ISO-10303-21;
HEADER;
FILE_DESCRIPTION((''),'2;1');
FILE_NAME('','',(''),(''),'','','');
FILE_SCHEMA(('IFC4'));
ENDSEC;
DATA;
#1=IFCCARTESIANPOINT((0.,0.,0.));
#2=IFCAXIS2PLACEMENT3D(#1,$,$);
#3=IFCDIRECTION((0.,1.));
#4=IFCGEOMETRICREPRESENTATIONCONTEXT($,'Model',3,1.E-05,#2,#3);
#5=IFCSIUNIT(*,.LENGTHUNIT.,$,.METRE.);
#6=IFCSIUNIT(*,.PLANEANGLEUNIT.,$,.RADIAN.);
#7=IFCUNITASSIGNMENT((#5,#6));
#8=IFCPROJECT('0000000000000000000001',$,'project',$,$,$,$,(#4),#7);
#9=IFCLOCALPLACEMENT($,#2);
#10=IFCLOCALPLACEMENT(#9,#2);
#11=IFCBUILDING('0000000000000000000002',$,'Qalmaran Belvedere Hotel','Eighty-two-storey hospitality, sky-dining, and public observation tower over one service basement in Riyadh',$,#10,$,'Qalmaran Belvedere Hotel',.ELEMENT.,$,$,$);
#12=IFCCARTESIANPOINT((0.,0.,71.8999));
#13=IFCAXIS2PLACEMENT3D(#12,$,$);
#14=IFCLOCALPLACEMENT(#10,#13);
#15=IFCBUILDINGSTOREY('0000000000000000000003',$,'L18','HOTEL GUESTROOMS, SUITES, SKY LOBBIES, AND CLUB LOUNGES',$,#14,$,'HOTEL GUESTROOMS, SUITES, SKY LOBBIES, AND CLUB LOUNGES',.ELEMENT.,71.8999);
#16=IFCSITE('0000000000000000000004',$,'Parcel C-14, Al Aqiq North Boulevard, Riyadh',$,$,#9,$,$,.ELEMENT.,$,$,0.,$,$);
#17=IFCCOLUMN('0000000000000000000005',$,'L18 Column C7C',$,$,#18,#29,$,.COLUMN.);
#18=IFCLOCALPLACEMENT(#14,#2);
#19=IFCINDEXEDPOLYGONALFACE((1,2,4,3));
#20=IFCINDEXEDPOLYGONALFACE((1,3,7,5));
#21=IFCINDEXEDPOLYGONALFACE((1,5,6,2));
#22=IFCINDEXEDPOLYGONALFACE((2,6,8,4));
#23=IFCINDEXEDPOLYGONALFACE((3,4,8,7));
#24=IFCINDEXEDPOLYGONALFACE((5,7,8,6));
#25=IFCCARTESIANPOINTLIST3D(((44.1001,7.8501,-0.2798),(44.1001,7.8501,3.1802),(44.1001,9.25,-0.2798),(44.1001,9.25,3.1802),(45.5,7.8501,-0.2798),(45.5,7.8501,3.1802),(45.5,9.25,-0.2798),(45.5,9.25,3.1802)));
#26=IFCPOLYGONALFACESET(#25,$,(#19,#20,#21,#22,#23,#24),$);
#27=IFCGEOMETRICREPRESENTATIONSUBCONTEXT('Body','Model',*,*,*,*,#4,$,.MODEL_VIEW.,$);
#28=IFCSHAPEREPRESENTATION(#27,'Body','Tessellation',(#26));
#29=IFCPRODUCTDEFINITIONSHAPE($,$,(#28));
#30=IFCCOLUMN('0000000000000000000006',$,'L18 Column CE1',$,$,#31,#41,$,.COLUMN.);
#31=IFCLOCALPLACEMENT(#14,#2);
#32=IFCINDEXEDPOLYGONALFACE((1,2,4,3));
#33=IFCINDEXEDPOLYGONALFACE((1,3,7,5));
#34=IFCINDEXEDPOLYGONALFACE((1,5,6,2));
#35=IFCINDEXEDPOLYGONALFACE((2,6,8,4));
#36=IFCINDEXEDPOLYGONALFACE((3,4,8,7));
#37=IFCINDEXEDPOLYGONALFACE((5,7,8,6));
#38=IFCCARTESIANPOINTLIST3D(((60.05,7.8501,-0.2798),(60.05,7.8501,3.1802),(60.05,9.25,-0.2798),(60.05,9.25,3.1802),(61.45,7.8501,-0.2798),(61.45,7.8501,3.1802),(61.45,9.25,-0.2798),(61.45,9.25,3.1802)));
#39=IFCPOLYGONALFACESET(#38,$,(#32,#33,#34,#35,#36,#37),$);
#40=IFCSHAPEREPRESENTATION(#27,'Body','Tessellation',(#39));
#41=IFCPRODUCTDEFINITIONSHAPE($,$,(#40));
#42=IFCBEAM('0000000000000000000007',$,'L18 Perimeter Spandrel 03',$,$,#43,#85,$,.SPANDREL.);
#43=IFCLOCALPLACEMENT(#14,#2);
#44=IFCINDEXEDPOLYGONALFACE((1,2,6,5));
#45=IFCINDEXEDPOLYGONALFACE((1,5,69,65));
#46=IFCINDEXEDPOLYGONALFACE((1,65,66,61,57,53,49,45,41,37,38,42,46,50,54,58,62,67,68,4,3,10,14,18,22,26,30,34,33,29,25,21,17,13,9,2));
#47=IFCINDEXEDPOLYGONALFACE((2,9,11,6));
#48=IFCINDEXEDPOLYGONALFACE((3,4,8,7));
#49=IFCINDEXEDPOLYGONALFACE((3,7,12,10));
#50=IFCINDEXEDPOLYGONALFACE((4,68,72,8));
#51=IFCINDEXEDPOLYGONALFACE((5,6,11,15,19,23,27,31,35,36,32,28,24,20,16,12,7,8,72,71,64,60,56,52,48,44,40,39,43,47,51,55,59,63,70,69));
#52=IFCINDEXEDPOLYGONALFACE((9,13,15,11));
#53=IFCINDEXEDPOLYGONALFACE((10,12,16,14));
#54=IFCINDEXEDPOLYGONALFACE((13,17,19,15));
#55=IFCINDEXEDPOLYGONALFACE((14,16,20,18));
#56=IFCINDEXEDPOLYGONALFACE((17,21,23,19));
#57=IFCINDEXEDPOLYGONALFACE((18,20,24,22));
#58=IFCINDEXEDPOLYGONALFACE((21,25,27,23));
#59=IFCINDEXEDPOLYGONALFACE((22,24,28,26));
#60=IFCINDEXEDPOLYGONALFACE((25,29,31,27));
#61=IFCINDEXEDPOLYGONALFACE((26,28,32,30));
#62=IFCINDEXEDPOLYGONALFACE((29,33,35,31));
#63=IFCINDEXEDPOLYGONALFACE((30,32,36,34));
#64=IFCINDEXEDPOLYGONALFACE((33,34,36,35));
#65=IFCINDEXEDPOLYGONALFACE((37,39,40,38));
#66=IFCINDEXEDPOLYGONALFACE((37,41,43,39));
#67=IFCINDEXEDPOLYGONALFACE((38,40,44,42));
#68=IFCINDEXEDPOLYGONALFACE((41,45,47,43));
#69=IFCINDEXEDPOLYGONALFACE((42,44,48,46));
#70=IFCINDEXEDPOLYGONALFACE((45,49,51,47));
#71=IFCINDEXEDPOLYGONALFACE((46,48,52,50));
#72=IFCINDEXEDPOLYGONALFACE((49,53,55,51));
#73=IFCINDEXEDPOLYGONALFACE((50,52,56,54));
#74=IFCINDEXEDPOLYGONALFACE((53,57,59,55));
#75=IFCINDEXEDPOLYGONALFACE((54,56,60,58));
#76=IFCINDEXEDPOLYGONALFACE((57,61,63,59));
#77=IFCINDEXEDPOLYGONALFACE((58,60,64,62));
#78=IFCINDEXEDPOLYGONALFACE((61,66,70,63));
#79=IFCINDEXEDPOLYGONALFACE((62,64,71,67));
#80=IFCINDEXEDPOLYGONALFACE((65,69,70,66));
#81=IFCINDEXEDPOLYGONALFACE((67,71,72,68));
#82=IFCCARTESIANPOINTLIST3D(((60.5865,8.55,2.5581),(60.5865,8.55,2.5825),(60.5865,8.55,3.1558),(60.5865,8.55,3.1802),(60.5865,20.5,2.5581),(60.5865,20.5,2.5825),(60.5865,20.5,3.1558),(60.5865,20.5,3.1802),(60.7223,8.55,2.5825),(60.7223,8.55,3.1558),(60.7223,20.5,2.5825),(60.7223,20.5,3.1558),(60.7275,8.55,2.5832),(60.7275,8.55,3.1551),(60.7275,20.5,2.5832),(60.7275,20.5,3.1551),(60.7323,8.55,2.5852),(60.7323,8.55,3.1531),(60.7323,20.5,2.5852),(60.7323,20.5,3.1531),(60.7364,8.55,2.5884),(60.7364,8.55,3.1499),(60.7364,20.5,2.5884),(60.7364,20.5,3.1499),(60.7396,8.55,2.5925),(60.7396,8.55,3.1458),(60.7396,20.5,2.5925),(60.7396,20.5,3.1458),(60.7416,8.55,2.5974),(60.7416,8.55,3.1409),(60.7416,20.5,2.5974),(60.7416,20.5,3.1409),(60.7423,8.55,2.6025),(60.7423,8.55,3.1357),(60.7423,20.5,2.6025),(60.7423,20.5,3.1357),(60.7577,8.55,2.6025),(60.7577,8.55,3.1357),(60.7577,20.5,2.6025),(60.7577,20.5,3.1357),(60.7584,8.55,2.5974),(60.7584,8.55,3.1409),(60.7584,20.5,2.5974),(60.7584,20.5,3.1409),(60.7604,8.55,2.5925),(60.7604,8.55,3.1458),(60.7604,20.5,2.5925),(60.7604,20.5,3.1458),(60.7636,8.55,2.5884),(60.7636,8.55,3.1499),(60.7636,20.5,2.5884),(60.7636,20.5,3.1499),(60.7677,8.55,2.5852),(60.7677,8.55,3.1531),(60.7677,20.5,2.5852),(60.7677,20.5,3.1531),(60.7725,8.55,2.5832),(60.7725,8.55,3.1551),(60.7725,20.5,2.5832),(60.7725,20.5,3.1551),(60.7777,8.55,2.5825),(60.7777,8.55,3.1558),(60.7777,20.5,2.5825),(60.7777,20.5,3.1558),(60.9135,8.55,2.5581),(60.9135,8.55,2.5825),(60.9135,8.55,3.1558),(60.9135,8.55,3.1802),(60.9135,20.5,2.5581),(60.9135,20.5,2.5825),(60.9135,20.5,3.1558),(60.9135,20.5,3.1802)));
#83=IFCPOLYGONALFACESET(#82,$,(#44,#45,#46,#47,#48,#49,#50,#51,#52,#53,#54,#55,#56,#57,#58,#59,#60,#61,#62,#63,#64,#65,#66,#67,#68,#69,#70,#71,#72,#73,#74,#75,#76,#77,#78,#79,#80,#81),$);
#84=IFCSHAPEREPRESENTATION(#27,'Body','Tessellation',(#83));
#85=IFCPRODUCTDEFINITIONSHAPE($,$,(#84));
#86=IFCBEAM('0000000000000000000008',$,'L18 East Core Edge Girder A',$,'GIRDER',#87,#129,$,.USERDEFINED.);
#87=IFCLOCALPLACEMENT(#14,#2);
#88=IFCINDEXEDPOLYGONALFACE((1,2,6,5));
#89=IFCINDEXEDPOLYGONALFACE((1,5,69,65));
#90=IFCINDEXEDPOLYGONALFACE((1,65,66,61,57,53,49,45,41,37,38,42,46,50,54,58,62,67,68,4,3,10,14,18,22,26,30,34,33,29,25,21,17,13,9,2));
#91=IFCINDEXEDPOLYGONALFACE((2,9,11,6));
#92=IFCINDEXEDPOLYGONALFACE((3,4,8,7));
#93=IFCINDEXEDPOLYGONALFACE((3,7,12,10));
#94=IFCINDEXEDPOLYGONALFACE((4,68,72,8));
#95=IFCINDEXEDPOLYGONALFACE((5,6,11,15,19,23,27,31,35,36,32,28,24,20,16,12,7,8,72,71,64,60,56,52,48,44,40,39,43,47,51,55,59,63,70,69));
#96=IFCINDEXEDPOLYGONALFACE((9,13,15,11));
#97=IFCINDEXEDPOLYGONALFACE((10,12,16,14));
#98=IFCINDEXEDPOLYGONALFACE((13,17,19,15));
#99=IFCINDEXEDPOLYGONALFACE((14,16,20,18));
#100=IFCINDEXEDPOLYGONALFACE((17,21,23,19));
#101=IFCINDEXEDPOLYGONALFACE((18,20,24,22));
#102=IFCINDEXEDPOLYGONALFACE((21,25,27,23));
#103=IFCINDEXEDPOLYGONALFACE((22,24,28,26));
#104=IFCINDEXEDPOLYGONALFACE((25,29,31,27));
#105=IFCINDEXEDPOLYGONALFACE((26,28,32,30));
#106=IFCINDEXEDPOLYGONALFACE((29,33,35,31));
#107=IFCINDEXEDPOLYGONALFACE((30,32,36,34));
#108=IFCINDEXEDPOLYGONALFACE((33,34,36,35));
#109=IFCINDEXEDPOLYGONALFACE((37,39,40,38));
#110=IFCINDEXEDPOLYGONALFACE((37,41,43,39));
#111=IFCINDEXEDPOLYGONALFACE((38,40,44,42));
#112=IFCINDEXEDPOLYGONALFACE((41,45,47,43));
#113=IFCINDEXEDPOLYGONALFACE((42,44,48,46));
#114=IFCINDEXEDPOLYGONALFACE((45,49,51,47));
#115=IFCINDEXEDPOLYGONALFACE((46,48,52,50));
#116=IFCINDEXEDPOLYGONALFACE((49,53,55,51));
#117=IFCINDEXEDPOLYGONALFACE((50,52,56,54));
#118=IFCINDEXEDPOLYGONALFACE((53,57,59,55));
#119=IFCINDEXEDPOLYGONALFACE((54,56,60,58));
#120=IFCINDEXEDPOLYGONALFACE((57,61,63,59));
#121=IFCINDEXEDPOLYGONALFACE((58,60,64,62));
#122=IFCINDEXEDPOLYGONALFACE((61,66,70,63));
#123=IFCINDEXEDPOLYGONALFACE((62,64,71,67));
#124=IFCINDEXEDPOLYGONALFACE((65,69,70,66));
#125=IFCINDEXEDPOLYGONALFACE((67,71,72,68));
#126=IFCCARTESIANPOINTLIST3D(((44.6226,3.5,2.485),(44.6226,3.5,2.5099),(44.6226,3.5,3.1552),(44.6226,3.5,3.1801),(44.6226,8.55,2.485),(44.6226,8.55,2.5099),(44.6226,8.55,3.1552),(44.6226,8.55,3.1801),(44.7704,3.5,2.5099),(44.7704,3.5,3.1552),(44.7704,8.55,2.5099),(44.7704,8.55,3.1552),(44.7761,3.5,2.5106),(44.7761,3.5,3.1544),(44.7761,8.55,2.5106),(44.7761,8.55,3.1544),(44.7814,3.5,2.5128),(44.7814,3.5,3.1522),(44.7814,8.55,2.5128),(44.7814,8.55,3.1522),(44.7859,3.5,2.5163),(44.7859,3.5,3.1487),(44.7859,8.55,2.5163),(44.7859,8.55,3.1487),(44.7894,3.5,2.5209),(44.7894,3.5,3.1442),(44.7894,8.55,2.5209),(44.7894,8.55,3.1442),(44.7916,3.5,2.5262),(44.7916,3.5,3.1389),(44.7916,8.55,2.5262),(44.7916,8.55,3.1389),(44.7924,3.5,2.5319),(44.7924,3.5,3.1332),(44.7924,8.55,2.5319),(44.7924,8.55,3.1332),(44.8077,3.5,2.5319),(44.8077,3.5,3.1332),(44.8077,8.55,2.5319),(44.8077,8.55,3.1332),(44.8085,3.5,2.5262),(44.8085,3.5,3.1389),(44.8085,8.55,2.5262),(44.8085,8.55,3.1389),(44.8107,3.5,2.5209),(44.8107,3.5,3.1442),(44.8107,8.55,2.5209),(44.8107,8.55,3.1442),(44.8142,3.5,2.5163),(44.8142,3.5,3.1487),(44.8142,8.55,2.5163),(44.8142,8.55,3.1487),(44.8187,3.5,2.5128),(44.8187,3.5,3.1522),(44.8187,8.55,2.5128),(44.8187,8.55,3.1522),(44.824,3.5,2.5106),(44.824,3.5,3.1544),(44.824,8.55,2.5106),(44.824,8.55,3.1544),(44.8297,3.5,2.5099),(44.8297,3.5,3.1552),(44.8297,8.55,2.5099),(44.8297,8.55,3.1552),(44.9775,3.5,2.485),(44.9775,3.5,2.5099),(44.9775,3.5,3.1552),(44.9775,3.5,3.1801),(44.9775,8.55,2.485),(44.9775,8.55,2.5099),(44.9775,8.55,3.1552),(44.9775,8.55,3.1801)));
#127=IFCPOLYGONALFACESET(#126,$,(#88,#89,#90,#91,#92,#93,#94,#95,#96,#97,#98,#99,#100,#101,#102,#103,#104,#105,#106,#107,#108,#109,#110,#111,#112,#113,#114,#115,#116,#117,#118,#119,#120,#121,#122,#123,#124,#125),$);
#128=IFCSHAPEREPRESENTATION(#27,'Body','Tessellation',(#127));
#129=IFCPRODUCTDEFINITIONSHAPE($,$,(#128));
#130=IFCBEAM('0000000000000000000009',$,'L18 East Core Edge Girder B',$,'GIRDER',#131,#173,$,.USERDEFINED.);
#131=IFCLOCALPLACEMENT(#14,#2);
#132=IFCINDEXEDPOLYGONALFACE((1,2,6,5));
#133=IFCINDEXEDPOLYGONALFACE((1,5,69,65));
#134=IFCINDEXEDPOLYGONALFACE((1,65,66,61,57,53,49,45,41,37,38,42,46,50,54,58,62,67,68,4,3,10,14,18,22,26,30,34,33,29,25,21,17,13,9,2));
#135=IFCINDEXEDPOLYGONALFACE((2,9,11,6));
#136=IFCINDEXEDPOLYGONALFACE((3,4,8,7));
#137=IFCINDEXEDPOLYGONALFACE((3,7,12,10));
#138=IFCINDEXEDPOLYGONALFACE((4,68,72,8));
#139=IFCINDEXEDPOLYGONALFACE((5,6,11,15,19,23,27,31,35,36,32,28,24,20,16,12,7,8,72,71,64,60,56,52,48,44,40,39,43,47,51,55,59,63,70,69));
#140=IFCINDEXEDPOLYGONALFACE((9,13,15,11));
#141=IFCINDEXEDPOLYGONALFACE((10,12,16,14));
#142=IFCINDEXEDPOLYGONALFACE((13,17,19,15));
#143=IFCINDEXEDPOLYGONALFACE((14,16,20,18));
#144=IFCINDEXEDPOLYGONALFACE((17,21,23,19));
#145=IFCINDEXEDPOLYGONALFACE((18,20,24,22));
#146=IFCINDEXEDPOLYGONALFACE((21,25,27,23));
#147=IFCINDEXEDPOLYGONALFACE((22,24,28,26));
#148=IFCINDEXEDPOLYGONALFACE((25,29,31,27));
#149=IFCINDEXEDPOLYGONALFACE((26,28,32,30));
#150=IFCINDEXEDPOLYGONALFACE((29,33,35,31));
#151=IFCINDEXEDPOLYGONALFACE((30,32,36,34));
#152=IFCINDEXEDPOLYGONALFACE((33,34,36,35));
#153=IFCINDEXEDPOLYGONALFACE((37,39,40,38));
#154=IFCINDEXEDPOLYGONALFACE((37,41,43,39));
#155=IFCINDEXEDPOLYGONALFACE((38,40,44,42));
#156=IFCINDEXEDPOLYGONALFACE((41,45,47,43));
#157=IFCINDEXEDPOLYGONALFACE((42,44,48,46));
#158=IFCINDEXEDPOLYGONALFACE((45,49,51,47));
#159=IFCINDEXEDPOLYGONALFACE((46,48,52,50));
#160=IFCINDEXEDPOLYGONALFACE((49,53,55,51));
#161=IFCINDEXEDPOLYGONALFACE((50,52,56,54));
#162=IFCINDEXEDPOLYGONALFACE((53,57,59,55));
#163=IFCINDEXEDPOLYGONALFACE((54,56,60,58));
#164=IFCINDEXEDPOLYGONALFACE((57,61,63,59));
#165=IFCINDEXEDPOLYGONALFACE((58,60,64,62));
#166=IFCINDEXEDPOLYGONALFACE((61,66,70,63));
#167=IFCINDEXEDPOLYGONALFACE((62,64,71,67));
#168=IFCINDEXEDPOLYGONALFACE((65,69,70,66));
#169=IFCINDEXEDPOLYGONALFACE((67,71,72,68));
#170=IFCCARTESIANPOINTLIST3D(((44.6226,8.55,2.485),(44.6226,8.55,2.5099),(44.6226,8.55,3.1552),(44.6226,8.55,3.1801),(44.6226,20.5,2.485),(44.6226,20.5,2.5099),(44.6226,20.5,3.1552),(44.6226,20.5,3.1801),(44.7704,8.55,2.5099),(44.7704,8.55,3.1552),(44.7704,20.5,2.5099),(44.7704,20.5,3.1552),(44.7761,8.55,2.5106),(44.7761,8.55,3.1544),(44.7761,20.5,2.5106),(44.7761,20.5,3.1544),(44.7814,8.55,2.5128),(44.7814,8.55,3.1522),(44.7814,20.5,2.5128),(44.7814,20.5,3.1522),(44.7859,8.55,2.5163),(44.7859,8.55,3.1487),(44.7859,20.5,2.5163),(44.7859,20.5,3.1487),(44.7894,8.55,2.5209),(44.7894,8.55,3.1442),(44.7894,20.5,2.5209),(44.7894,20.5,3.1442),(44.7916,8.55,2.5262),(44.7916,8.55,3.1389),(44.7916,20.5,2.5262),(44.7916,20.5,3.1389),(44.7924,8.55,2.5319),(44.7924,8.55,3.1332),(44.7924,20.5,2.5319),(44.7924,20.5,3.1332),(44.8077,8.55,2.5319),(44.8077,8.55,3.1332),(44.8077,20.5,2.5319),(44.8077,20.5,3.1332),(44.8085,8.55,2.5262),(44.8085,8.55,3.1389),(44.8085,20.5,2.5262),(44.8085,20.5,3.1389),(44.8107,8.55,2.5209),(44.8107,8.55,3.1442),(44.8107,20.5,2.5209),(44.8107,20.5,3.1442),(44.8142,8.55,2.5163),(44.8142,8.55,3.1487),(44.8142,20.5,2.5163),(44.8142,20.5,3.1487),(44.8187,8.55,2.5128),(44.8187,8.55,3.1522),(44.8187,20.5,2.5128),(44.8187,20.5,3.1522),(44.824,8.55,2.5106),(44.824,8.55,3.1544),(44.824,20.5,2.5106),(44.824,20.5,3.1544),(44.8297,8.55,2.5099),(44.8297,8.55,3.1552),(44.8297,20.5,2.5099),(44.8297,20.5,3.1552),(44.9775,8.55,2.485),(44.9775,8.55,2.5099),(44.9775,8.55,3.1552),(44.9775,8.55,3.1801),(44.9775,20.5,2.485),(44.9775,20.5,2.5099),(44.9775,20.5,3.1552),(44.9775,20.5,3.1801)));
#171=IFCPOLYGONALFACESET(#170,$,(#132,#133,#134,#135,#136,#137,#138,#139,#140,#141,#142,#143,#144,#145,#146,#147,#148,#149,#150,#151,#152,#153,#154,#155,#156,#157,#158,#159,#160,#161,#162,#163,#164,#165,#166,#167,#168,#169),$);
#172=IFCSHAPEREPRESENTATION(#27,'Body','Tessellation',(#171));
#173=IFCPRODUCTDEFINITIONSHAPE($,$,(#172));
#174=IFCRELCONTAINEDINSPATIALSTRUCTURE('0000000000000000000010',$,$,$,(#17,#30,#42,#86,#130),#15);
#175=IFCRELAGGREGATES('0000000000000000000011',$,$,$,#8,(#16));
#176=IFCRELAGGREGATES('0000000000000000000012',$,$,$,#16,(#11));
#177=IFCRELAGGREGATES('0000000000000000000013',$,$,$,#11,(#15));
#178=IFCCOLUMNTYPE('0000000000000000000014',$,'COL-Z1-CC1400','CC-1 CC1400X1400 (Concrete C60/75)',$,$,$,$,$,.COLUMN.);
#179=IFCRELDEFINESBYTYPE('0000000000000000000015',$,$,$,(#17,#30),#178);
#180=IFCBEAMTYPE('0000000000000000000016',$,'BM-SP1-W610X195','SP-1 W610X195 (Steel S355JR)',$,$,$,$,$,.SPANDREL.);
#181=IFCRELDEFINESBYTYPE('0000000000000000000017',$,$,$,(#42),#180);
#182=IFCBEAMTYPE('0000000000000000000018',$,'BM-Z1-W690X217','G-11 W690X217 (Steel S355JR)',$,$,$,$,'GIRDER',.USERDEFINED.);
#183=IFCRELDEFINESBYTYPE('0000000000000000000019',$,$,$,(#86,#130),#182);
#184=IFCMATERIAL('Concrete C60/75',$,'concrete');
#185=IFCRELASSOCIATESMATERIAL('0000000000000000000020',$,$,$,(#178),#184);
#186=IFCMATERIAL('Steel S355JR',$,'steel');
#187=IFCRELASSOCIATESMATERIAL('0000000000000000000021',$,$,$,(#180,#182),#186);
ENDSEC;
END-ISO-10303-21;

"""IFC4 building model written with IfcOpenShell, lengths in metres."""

from ifc_helpers import new_model, si_unit, direction, frame, origin, origin_2d, place, context, subcontext, project, spatial, rectangle, i_section, extrude, material, material_profile, profile_set, type_object, element, save


model = new_model("IFC4")

# Units and contexts
model_context = context("Model", 3, precision=1e-05, world=origin(), true_north=direction((0.0, 1.0)))
body_context = subcontext(model_context, "Body", "Model", "MODEL_VIEW")
ifc_project = project(units=[si_unit("LENGTHUNIT", "METRE"), si_unit("PLANEANGLEUNIT", "RADIAN")], contexts=[model_context])

# Site, building, storey
site_placement = place(None, origin())
site = spatial("IfcSite", under=ifc_project, at=site_placement, Name="Parcel C-14, Al Aqiq North Boulevard, Riyadh", CompositionType="ELEMENT", RefElevation=0.0)
building_placement = place(site_placement, origin())
building = spatial("IfcBuilding", under=site, at=building_placement, Name="Qalmaran Belvedere Hotel", Description="Eighty-two-storey hospitality, sky-dining, and public observation tower over one service basement in Riyadh", LongName="Qalmaran Belvedere Hotel", CompositionType="ELEMENT")
storey_placement = place(building_placement, frame((0.0, 0.0, 71.8999)))
storey = spatial("IfcBuildingStorey", under=building, at=storey_placement, Name="L18", Description="HOTEL GUESTROOMS, SUITES, SKY LOBBIES, AND CLUB LOUNGES", LongName="HOTEL GUESTROOMS, SUITES, SKY LOBBIES, AND CLUB LOUNGES", CompositionType="ELEMENT", Elevation=71.8999)

# Columns
ifc_material_1 = material(Name="Concrete C60/75", Category="concrete")
ifc_material_profile_1 = material_profile(ifc_material_1, rectangle(XDim=1.3999, YDim=1.3999, at=origin_2d()), Name="CC1400X1400")
ifc_profile_set_1 = profile_set([ifc_material_profile_1], Name="Concrete C60/75")
column_type = type_object("IfcColumnType", Name="COL-Z1-CC1400", Description="CC-1 CC1400X1400 (Concrete C60/75)", PredefinedType="COLUMN", material=ifc_profile_set_1)
for number, where, z_axis, x_axis, name in (
    (1, (44.8, 8.55, -0.2798), (0.0, 0.0, 1.0), (1.0, 0.0, 0.0), "L18 Column C7C"),
    (2, (60.75, 8.55, -0.2798), (0.0, 0.0, 1.0), (1.0, 0.0, 0.0), "L18 Column CE1"),
):
    element("IfcColumn", number, at=place(storey_placement, frame(where, z_axis=z_axis, x_axis=x_axis)), inside=storey, type_object=column_type, Name=name, PredefinedType="COLUMN", context=body_context, shape_type="SweptSolid", body=[
        extrude(rectangle(XDim=1.3999, YDim=1.3999, at=origin_2d()), origin(), (0.0, 0.0, 1.0), 3.46),
    ])

# Beams
ifc_material_2 = material(Name="Steel S355JR", Category="steel")
ifc_material_profile_2 = material_profile(ifc_material_2, i_section(OverallWidth=0.3269, OverallDepth=0.6221, WebThickness=0.0154, FlangeThickness=0.0244, FilletRadius=0.02, at=origin_2d()), Name="W610X195")
ifc_profile_set_2 = profile_set([ifc_material_profile_2], Name="Steel S355JR")
beam_type_1 = type_object("IfcBeamType", Name="BM-SP1-W610X195", Description="SP-1 W610X195 (Steel S355JR)", PredefinedType="SPANDREL", material=ifc_profile_set_2)
beam_1_placement = place(storey_placement, frame((60.75, 8.55, 2.8691), z_axis=(0.0, 1.0, 0.0), x_axis=(-1.0, 0.0, 0.0)))
element("IfcBeam", 3, at=beam_1_placement, inside=storey, type_object=beam_type_1, Name="L18 Perimeter Spandrel 03", PredefinedType="SPANDREL", context=body_context, shape_type="SweptSolid", body=[
    extrude(i_section(OverallWidth=0.3269, OverallDepth=0.6221, WebThickness=0.0154, FlangeThickness=0.0244, FilletRadius=0.02, at=origin_2d()), origin(), (0.0, 0.0, 1.0), 11.95),
])
ifc_material_profile_3 = material_profile(ifc_material_2, i_section(OverallWidth=0.355, OverallDepth=0.6951, WebThickness=0.0154, FlangeThickness=0.0249, FilletRadius=0.022, at=origin_2d()), Name="W690X217")
ifc_profile_set_3 = profile_set([ifc_material_profile_3], Name="Steel S355JR")
beam_type_2 = type_object("IfcBeamType", Name="BM-Z1-W690X217", Description="G-11 W690X217 (Steel S355JR)", ElementType="GIRDER", PredefinedType="USERDEFINED", material=ifc_profile_set_3)
beam_2_placement = place(storey_placement, frame((44.8, 3.5, 2.8325), z_axis=(0.0, 1.0, 0.0), x_axis=(-1.0, 0.0, 0.0)))
element("IfcBeam", 4, at=beam_2_placement, inside=storey, type_object=beam_type_2, Name="L18 East Core Edge Girder A", ObjectType="GIRDER", PredefinedType="USERDEFINED", context=body_context, shape_type="SweptSolid", body=[
    extrude(i_section(OverallWidth=0.355, OverallDepth=0.6951, WebThickness=0.0154, FlangeThickness=0.0249, FilletRadius=0.022, at=origin_2d()), origin(), (0.0, 0.0, 1.0), 5.05),
])
beam_3_placement = place(storey_placement, frame((44.8, 8.55, 2.8325), z_axis=(0.0, 1.0, 0.0), x_axis=(-1.0, 0.0, 0.0)))
element("IfcBeam", 5, at=beam_3_placement, inside=storey, type_object=beam_type_2, Name="L18 East Core Edge Girder B", ObjectType="GIRDER", PredefinedType="USERDEFINED", context=body_context, shape_type="SweptSolid", body=[
    extrude(i_section(OverallWidth=0.355, OverallDepth=0.6951, WebThickness=0.0154, FlangeThickness=0.0249, FilletRadius=0.022, at=origin_2d()), origin(), (0.0, 0.0, 1.0), 11.95),
])

save(model, "model.ifc")
